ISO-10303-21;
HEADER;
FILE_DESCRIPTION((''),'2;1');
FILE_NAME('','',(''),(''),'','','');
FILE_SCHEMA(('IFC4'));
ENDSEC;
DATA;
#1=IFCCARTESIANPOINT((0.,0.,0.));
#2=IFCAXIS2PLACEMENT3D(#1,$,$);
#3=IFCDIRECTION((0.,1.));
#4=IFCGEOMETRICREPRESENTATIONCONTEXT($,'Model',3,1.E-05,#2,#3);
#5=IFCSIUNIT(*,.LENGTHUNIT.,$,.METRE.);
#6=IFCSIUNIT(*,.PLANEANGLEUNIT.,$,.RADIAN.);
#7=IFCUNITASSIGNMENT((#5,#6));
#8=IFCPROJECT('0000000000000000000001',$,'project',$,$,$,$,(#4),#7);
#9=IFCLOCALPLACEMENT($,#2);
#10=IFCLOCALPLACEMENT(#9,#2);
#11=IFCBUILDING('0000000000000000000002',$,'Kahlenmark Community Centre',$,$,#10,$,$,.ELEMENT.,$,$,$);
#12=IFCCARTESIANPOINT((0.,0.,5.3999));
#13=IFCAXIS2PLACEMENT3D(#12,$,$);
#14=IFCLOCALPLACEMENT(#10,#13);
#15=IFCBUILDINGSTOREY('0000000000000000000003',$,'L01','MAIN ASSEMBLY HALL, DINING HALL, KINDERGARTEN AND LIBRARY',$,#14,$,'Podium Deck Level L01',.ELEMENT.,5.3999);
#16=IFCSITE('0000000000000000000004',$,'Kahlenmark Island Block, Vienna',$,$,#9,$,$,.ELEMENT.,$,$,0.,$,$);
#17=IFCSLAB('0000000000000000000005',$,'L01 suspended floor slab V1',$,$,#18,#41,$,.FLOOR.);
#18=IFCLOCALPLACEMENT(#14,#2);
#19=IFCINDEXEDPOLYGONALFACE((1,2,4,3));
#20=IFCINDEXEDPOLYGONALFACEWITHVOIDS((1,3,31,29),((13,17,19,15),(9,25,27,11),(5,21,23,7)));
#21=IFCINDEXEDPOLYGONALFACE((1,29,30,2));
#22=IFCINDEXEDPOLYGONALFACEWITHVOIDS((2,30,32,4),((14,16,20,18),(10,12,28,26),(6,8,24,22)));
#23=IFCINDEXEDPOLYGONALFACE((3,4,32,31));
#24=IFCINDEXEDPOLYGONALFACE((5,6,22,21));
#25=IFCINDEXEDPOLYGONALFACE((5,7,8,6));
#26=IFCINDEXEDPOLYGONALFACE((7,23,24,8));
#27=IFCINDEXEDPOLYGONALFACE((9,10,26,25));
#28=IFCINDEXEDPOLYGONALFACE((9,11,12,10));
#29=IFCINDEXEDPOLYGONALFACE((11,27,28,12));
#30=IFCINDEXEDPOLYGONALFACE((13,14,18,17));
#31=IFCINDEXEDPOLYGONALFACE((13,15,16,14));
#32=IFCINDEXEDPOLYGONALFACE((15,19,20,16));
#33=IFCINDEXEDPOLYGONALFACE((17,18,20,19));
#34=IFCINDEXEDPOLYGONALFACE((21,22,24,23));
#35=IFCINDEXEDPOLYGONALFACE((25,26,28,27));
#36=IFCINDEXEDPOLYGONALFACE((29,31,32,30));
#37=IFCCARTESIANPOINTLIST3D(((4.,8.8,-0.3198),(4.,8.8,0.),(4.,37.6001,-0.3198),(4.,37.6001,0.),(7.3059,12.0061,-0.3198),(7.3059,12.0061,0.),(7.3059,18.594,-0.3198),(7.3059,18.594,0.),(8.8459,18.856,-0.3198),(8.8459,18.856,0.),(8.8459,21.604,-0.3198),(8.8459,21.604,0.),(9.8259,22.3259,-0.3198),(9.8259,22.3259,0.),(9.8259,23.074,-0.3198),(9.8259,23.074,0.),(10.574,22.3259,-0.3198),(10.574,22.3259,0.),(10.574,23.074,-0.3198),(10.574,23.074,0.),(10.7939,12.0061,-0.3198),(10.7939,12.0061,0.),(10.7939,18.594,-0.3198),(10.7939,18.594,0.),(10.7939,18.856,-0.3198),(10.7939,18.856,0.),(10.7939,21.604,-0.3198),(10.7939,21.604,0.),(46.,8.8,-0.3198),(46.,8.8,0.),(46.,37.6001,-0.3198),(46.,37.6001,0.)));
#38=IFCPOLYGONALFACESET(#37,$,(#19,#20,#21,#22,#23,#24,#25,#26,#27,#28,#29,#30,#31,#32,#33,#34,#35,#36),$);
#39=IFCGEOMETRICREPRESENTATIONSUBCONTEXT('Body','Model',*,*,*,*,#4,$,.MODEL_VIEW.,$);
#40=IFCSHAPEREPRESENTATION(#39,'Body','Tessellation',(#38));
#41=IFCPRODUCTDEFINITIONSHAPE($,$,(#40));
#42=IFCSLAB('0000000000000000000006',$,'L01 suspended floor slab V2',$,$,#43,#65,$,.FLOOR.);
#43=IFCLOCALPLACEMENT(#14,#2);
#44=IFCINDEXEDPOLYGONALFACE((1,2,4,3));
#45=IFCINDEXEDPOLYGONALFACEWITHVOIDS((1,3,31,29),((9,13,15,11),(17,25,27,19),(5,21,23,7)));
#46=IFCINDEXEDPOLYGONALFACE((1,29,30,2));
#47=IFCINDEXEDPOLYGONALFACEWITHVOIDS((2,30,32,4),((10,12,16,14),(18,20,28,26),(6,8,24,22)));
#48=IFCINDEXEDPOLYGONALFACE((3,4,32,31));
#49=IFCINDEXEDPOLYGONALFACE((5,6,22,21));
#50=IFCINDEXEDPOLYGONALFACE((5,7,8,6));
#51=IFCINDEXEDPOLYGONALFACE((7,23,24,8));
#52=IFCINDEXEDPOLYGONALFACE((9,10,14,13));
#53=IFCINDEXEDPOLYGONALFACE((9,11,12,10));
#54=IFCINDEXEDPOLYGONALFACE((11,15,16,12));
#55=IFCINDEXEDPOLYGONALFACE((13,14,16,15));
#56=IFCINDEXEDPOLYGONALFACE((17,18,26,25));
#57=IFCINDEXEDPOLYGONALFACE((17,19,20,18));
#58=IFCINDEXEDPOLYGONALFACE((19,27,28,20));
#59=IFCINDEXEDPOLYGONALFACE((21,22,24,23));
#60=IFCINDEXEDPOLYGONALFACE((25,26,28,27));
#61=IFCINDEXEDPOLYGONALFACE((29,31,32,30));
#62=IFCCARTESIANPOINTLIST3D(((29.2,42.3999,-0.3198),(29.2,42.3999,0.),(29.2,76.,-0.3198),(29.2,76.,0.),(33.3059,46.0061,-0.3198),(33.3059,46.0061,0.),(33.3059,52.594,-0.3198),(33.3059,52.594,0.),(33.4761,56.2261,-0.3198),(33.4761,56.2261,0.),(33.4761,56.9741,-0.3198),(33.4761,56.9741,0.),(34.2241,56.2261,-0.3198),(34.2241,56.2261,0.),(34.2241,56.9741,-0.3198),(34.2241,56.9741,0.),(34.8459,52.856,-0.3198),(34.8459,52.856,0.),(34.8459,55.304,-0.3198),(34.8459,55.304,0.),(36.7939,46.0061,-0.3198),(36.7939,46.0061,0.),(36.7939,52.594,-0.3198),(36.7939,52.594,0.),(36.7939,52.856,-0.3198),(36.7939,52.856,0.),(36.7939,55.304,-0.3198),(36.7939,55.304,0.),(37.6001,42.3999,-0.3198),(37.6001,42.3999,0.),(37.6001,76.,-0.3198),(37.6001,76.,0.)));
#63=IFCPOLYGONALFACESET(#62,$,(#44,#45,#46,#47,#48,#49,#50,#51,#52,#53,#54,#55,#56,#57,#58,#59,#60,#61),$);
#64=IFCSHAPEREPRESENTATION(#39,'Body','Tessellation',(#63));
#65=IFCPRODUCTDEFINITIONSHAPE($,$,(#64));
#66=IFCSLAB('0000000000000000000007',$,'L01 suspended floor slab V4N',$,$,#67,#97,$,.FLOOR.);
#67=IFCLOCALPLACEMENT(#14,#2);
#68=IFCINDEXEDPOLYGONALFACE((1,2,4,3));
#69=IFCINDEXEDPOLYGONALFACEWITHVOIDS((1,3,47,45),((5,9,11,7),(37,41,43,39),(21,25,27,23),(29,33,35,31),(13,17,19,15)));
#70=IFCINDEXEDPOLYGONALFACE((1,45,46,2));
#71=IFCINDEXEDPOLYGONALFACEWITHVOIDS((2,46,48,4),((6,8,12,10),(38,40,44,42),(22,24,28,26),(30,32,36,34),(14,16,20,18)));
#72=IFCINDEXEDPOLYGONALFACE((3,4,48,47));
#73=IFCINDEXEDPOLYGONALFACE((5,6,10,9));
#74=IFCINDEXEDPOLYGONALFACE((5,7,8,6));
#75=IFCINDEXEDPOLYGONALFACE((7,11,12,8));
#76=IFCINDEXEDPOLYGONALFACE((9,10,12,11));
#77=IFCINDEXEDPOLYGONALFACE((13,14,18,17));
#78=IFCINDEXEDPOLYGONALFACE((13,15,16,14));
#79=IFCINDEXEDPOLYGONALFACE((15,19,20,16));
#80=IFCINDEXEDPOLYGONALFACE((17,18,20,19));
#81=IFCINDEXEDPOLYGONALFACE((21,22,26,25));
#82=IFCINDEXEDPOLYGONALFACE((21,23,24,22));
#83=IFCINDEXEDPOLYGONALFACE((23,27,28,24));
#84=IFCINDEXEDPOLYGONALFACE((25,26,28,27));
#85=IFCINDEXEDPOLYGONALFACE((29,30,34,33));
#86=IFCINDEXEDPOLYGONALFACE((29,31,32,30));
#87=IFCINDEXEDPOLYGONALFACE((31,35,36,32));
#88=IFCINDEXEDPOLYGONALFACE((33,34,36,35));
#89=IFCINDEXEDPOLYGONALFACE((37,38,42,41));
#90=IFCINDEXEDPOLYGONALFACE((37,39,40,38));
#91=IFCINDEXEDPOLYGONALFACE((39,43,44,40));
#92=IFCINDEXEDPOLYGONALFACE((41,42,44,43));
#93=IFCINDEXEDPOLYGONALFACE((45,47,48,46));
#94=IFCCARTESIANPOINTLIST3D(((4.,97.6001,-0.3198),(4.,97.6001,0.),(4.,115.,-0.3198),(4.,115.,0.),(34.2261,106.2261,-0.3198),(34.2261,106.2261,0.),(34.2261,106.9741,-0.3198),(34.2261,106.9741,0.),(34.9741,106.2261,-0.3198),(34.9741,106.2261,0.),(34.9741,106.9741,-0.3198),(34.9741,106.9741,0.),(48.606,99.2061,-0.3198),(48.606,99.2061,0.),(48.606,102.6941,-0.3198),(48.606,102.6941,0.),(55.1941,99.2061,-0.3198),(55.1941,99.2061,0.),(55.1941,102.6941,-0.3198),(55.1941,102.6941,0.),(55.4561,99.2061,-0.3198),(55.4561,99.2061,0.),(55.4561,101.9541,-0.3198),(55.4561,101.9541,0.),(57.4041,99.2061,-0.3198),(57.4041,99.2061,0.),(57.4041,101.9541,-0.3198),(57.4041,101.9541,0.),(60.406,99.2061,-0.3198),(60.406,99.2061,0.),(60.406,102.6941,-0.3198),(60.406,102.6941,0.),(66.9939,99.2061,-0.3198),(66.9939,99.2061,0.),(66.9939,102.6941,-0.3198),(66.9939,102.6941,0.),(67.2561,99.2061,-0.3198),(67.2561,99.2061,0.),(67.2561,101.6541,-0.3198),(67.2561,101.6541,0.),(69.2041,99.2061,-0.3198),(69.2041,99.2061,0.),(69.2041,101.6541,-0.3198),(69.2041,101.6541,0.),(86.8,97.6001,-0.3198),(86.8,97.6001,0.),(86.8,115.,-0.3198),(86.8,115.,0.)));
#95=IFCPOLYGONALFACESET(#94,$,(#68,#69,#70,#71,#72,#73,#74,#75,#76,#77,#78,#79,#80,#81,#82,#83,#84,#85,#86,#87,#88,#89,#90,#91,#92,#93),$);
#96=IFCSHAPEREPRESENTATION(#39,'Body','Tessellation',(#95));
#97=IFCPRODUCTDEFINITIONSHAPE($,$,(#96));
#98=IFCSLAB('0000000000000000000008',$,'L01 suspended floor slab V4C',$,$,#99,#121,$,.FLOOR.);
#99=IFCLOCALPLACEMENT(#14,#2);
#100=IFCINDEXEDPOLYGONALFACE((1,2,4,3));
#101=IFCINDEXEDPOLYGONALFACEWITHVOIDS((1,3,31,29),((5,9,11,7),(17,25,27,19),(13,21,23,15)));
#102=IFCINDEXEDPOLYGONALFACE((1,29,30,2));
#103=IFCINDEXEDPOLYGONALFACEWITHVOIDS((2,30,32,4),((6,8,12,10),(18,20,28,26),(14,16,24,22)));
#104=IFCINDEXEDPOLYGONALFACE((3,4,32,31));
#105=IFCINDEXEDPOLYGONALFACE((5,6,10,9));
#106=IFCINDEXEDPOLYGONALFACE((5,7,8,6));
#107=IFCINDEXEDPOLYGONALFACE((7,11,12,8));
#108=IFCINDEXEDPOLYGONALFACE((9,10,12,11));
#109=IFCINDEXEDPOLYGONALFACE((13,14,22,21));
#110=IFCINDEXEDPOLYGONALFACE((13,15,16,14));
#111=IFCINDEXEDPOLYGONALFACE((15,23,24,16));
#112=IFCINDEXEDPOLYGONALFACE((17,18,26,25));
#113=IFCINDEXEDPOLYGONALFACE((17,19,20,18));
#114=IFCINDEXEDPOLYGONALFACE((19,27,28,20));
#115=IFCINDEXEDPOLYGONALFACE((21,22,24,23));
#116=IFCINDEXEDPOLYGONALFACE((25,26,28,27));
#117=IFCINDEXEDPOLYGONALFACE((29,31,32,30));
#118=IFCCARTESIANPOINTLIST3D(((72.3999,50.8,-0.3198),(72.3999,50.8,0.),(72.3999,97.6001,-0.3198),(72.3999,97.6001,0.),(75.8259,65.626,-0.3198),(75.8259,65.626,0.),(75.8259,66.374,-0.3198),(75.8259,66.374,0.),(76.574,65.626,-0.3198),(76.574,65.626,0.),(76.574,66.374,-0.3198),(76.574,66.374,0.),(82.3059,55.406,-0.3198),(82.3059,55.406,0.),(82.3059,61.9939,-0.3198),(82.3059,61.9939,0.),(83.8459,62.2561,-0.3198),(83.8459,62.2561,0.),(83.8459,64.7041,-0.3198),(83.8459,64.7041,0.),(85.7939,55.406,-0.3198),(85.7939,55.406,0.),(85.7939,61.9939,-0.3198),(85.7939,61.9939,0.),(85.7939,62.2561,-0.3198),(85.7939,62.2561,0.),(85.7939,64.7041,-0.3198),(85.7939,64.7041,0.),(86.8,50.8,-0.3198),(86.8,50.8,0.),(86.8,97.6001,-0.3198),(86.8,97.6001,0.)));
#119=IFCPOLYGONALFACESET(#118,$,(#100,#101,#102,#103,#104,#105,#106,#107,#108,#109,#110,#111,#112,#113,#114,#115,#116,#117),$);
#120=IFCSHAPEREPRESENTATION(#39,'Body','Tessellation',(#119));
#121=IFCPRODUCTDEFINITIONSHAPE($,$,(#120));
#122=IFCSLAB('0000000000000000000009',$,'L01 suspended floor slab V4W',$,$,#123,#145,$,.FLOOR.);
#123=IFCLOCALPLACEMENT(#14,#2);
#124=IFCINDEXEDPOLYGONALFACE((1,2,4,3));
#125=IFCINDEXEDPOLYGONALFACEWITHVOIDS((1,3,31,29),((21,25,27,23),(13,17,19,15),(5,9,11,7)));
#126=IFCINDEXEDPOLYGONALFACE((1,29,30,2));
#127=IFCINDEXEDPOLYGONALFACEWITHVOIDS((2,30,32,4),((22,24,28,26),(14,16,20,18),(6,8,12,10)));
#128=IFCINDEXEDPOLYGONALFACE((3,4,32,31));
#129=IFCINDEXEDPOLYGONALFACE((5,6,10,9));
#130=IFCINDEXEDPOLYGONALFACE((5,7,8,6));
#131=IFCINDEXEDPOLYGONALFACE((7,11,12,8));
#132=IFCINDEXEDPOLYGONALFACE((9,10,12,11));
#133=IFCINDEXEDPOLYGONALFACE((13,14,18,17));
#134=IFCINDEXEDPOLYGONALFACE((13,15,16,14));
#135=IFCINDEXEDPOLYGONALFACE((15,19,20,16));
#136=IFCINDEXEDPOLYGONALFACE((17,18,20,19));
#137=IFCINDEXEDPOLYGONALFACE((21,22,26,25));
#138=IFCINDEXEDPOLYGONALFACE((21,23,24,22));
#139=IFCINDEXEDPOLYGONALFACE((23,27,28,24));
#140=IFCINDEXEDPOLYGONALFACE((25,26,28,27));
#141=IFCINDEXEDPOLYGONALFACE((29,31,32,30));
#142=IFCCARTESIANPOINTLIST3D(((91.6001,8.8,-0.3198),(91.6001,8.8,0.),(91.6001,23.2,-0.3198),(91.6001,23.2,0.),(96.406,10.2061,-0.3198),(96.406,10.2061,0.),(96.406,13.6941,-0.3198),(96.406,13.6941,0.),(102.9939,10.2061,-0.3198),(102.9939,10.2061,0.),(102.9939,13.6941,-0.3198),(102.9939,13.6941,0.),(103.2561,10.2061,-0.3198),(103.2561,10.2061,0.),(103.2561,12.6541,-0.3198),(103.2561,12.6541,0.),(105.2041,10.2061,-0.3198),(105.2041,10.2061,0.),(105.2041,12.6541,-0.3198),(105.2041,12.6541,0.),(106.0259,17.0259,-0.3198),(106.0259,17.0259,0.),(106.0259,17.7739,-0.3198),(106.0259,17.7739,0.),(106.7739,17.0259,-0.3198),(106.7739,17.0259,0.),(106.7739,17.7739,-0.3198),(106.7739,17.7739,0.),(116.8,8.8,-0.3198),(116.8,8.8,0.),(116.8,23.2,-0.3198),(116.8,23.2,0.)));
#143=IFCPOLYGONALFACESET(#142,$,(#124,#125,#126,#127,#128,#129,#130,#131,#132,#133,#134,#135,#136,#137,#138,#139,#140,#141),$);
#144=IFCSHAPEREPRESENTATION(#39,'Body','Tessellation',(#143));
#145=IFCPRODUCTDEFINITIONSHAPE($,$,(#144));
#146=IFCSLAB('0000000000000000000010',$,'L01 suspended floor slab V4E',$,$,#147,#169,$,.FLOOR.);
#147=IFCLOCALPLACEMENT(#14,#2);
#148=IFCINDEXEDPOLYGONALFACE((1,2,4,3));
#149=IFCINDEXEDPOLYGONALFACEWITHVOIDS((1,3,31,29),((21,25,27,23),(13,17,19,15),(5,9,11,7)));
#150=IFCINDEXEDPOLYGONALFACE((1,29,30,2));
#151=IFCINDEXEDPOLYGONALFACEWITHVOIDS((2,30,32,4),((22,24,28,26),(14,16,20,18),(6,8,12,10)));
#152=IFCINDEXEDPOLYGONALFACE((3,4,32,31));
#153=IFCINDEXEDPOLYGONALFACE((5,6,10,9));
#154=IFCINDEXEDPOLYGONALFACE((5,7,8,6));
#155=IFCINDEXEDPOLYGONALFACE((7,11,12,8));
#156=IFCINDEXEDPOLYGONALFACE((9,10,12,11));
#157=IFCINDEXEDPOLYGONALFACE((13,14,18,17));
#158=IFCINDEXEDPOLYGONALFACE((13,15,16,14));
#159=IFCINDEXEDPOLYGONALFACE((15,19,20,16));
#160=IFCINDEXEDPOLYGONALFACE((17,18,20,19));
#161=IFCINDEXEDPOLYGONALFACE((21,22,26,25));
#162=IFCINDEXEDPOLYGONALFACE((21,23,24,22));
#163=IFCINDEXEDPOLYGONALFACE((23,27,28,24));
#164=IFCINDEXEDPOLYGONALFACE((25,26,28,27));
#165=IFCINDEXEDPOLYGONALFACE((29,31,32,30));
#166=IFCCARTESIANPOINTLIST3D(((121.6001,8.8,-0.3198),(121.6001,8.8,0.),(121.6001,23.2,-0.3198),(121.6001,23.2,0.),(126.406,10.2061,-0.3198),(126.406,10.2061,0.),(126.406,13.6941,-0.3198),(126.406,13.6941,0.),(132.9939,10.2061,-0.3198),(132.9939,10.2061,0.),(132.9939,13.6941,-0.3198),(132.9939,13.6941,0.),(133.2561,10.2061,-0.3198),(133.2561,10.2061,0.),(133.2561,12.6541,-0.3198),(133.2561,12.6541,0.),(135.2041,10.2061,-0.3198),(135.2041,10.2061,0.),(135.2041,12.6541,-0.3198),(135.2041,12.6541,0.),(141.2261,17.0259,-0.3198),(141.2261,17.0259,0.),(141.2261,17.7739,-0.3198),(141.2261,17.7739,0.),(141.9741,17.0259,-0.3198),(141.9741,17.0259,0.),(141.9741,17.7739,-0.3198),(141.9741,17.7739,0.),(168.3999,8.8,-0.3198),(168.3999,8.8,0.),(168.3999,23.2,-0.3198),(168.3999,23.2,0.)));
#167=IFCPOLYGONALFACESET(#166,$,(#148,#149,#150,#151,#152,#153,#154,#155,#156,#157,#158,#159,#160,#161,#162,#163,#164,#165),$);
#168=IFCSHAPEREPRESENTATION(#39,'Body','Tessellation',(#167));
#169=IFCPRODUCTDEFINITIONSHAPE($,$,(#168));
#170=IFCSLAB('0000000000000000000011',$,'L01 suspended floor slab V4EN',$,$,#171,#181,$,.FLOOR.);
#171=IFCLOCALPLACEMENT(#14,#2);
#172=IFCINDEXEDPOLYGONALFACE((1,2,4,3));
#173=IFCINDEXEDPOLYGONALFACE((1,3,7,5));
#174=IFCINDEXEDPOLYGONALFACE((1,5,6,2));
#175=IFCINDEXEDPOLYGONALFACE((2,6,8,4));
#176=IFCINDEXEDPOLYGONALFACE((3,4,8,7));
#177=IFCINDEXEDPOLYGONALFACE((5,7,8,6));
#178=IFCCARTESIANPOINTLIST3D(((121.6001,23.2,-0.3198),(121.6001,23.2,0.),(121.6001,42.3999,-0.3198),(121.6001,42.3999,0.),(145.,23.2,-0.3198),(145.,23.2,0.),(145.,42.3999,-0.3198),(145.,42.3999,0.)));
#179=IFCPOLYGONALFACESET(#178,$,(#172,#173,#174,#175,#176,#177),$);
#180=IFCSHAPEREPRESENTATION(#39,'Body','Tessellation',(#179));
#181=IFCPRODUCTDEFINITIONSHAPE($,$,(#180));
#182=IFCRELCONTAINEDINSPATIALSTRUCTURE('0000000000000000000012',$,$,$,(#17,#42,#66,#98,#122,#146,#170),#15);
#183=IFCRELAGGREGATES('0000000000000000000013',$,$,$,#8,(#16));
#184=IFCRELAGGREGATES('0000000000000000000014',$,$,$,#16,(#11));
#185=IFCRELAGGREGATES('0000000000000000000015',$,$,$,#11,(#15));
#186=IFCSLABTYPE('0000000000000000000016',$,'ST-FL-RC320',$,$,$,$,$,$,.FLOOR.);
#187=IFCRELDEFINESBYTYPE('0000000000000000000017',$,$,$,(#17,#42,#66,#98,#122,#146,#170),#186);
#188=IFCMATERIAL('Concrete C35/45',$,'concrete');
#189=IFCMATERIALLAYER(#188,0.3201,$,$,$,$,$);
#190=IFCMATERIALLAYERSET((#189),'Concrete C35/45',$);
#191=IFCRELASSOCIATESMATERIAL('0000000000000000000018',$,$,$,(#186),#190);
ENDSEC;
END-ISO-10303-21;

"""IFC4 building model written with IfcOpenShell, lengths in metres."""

from ifc_helpers import new_model, si_unit, direction, frame, origin, place, context, subcontext, project, spatial, polyline, outline, extrude, material, layer, layer_set, type_object, element, save


model = new_model("IFC4")

# Units and contexts
model_context = context("Model", 3, precision=1e-05, world=origin(), true_north=direction((0.0, 1.0)))
body_context = subcontext(model_context, "Body", "Model", "MODEL_VIEW")
ifc_project = project(units=[si_unit("LENGTHUNIT", "METRE"), si_unit("PLANEANGLEUNIT", "RADIAN")], contexts=[model_context])

# Site, building, storey
site_placement = place(None, origin())
site = spatial("IfcSite", under=ifc_project, at=site_placement, Name="Kahlenmark Island Block, Vienna", CompositionType="ELEMENT", RefElevation=0.0)
building_placement = place(site_placement, origin())
building = spatial("IfcBuilding", under=site, at=building_placement, Name="Kahlenmark Community Centre", CompositionType="ELEMENT")
storey_placement = place(building_placement, frame((0.0, 0.0, 5.3999)))
storey = spatial("IfcBuildingStorey", under=building, at=storey_placement, Name="L01", Description="MAIN ASSEMBLY HALL, DINING HALL, KINDERGARTEN AND LIBRARY", LongName="Podium Deck Level L01", CompositionType="ELEMENT", Elevation=5.3999)

# Slabs
ifc_material_1 = material(Name="Concrete C35/45", Category="concrete")
ifc_layer_1 = layer(ifc_material_1, 0.3201)
ifc_layer_set_1 = layer_set([ifc_layer_1], Name="Concrete C35/45")
slab_type_1 = type_object("IfcSlabType", Name="ST-FL-RC320", PredefinedType="FLOOR", material=ifc_layer_set_1)
slab_1_placement = place(storey_placement, frame((0.0, 0.0, -0.3198)))
element("IfcSlab", 1, at=slab_1_placement, inside=storey, type_object=slab_type_1, Name="L01 suspended floor slab V1", PredefinedType="FLOOR", context=body_context, shape_type="SweptSolid", body=[
    extrude(outline(polyline([(4.0, 8.8), (46.0, 8.8), (46.0, 37.6001), (4.0, 37.6001), (4.0, 8.8)]), holes=[polyline([(7.3059, 12.0061), (10.7939, 12.0061), (10.7939, 18.594), (7.3059, 18.594), (7.3059, 12.0061)]), polyline([(8.8459, 18.856), (10.7939, 18.856), (10.7939, 21.604), (8.8459, 21.604), (8.8459, 18.856)]), polyline([(9.8259, 22.3259), (10.574, 22.3259), (10.574, 23.074), (9.8259, 23.074), (9.8259, 22.3259)])]), origin(), (0.0, 0.0, 1.0), 0.3198),
])
slab_2_placement = place(storey_placement, frame((0.0, 0.0, -0.3198)))
element("IfcSlab", 2, at=slab_2_placement, inside=storey, type_object=slab_type_1, Name="L01 suspended floor slab V2", PredefinedType="FLOOR", context=body_context, shape_type="SweptSolid", body=[
    extrude(outline(polyline([(29.2, 42.3999), (37.6001, 42.3999), (37.6001, 76.0), (29.2, 76.0), (29.2, 42.3999)]), holes=[polyline([(33.3059, 46.0061), (36.7939, 46.0061), (36.7939, 52.594), (33.3059, 52.594), (33.3059, 46.0061)]), polyline([(34.8459, 52.856), (36.7939, 52.856), (36.7939, 55.304), (34.8459, 55.304), (34.8459, 52.856)]), polyline([(33.4761, 56.2261), (34.2241, 56.2261), (34.2241, 56.9741), (33.4761, 56.9741), (33.4761, 56.2261)])]), origin(), (0.0, 0.0, 1.0), 0.3198),
])
slab_3_placement = place(storey_placement, frame((0.0, 0.0, -0.3198)))
element("IfcSlab", 3, at=slab_3_placement, inside=storey, type_object=slab_type_1, Name="L01 suspended floor slab V4N", PredefinedType="FLOOR", context=body_context, shape_type="SweptSolid", body=[
    extrude(outline(polyline([(4.0, 97.6001), (86.8, 97.6001), (86.8, 115.0), (4.0, 115.0), (4.0, 97.6001)]), holes=[polyline([(48.606, 99.2061), (55.1941, 99.2061), (55.1941, 102.6941), (48.606, 102.6941), (48.606, 99.2061)]), polyline([(60.406, 99.2061), (66.9939, 99.2061), (66.9939, 102.6941), (60.406, 102.6941), (60.406, 99.2061)]), polyline([(55.4561, 99.2061), (57.4041, 99.2061), (57.4041, 101.9541), (55.4561, 101.9541), (55.4561, 99.2061)]), polyline([(67.2561, 99.2061), (69.2041, 99.2061), (69.2041, 101.6541), (67.2561, 101.6541), (67.2561, 99.2061)]), polyline([(34.2261, 106.2261), (34.9741, 106.2261), (34.9741, 106.9741), (34.2261, 106.9741), (34.2261, 106.2261)])]), origin(), (0.0, 0.0, 1.0), 0.3198),
])
slab_4_placement = place(storey_placement, frame((0.0, 0.0, -0.3198)))
element("IfcSlab", 4, at=slab_4_placement, inside=storey, type_object=slab_type_1, Name="L01 suspended floor slab V4C", PredefinedType="FLOOR", context=body_context, shape_type="SweptSolid", body=[
    extrude(outline(polyline([(72.3999, 50.8), (86.8, 50.8), (86.8, 97.6001), (72.3999, 97.6001), (72.3999, 50.8)]), holes=[polyline([(82.3059, 55.406), (85.7939, 55.406), (85.7939, 61.9939), (82.3059, 61.9939), (82.3059, 55.406)]), polyline([(83.8459, 62.2561), (85.7939, 62.2561), (85.7939, 64.7041), (83.8459, 64.7041), (83.8459, 62.2561)]), polyline([(75.8259, 65.626), (76.574, 65.626), (76.574, 66.374), (75.8259, 66.374), (75.8259, 65.626)])]), origin(), (0.0, 0.0, 1.0), 0.3198),
])
slab_5_placement = place(storey_placement, frame((0.0, 0.0, -0.3198)))
element("IfcSlab", 5, at=slab_5_placement, inside=storey, type_object=slab_type_1, Name="L01 suspended floor slab V4W", PredefinedType="FLOOR", context=body_context, shape_type="SweptSolid", body=[
    extrude(outline(polyline([(91.6001, 8.8), (116.8, 8.8), (116.8, 23.2), (91.6001, 23.2), (91.6001, 8.8)]), holes=[polyline([(96.406, 10.2061), (102.9939, 10.2061), (102.9939, 13.6941), (96.406, 13.6941), (96.406, 10.2061)]), polyline([(103.2561, 10.2061), (105.2041, 10.2061), (105.2041, 12.6541), (103.2561, 12.6541), (103.2561, 10.2061)]), polyline([(106.0259, 17.0259), (106.7739, 17.0259), (106.7739, 17.7739), (106.0259, 17.7739), (106.0259, 17.0259)])]), origin(), (0.0, 0.0, 1.0), 0.3198),
])
slab_6_placement = place(storey_placement, frame((0.0, 0.0, -0.3198)))
element("IfcSlab", 6, at=slab_6_placement, inside=storey, type_object=slab_type_1, Name="L01 suspended floor slab V4E", PredefinedType="FLOOR", context=body_context, shape_type="SweptSolid", body=[
    extrude(outline(polyline([(121.6001, 8.8), (168.3999, 8.8), (168.3999, 23.2), (121.6001, 23.2), (121.6001, 8.8)]), holes=[polyline([(126.406, 10.2061), (132.9939, 10.2061), (132.9939, 13.6941), (126.406, 13.6941), (126.406, 10.2061)]), polyline([(133.2561, 10.2061), (135.2041, 10.2061), (135.2041, 12.6541), (133.2561, 12.6541), (133.2561, 10.2061)]), polyline([(141.2261, 17.0259), (141.9741, 17.0259), (141.9741, 17.7739), (141.2261, 17.7739), (141.2261, 17.0259)])]), origin(), (0.0, 0.0, 1.0), 0.3198),
])
slab_7_placement = place(storey_placement, frame((0.0, 0.0, -0.3198)))
element("IfcSlab", 7, at=slab_7_placement, inside=storey, type_object=slab_type_1, Name="L01 suspended floor slab V4EN", PredefinedType="FLOOR", context=body_context, shape_type="SweptSolid", body=[
    extrude(outline(polyline([(121.6001, 23.2), (145.0, 23.2), (145.0, 42.3999), (121.6001, 42.3999), (121.6001, 23.2)])), origin(), (0.0, 0.0, 1.0), 0.3198),
])

save(model, "model.ifc")
